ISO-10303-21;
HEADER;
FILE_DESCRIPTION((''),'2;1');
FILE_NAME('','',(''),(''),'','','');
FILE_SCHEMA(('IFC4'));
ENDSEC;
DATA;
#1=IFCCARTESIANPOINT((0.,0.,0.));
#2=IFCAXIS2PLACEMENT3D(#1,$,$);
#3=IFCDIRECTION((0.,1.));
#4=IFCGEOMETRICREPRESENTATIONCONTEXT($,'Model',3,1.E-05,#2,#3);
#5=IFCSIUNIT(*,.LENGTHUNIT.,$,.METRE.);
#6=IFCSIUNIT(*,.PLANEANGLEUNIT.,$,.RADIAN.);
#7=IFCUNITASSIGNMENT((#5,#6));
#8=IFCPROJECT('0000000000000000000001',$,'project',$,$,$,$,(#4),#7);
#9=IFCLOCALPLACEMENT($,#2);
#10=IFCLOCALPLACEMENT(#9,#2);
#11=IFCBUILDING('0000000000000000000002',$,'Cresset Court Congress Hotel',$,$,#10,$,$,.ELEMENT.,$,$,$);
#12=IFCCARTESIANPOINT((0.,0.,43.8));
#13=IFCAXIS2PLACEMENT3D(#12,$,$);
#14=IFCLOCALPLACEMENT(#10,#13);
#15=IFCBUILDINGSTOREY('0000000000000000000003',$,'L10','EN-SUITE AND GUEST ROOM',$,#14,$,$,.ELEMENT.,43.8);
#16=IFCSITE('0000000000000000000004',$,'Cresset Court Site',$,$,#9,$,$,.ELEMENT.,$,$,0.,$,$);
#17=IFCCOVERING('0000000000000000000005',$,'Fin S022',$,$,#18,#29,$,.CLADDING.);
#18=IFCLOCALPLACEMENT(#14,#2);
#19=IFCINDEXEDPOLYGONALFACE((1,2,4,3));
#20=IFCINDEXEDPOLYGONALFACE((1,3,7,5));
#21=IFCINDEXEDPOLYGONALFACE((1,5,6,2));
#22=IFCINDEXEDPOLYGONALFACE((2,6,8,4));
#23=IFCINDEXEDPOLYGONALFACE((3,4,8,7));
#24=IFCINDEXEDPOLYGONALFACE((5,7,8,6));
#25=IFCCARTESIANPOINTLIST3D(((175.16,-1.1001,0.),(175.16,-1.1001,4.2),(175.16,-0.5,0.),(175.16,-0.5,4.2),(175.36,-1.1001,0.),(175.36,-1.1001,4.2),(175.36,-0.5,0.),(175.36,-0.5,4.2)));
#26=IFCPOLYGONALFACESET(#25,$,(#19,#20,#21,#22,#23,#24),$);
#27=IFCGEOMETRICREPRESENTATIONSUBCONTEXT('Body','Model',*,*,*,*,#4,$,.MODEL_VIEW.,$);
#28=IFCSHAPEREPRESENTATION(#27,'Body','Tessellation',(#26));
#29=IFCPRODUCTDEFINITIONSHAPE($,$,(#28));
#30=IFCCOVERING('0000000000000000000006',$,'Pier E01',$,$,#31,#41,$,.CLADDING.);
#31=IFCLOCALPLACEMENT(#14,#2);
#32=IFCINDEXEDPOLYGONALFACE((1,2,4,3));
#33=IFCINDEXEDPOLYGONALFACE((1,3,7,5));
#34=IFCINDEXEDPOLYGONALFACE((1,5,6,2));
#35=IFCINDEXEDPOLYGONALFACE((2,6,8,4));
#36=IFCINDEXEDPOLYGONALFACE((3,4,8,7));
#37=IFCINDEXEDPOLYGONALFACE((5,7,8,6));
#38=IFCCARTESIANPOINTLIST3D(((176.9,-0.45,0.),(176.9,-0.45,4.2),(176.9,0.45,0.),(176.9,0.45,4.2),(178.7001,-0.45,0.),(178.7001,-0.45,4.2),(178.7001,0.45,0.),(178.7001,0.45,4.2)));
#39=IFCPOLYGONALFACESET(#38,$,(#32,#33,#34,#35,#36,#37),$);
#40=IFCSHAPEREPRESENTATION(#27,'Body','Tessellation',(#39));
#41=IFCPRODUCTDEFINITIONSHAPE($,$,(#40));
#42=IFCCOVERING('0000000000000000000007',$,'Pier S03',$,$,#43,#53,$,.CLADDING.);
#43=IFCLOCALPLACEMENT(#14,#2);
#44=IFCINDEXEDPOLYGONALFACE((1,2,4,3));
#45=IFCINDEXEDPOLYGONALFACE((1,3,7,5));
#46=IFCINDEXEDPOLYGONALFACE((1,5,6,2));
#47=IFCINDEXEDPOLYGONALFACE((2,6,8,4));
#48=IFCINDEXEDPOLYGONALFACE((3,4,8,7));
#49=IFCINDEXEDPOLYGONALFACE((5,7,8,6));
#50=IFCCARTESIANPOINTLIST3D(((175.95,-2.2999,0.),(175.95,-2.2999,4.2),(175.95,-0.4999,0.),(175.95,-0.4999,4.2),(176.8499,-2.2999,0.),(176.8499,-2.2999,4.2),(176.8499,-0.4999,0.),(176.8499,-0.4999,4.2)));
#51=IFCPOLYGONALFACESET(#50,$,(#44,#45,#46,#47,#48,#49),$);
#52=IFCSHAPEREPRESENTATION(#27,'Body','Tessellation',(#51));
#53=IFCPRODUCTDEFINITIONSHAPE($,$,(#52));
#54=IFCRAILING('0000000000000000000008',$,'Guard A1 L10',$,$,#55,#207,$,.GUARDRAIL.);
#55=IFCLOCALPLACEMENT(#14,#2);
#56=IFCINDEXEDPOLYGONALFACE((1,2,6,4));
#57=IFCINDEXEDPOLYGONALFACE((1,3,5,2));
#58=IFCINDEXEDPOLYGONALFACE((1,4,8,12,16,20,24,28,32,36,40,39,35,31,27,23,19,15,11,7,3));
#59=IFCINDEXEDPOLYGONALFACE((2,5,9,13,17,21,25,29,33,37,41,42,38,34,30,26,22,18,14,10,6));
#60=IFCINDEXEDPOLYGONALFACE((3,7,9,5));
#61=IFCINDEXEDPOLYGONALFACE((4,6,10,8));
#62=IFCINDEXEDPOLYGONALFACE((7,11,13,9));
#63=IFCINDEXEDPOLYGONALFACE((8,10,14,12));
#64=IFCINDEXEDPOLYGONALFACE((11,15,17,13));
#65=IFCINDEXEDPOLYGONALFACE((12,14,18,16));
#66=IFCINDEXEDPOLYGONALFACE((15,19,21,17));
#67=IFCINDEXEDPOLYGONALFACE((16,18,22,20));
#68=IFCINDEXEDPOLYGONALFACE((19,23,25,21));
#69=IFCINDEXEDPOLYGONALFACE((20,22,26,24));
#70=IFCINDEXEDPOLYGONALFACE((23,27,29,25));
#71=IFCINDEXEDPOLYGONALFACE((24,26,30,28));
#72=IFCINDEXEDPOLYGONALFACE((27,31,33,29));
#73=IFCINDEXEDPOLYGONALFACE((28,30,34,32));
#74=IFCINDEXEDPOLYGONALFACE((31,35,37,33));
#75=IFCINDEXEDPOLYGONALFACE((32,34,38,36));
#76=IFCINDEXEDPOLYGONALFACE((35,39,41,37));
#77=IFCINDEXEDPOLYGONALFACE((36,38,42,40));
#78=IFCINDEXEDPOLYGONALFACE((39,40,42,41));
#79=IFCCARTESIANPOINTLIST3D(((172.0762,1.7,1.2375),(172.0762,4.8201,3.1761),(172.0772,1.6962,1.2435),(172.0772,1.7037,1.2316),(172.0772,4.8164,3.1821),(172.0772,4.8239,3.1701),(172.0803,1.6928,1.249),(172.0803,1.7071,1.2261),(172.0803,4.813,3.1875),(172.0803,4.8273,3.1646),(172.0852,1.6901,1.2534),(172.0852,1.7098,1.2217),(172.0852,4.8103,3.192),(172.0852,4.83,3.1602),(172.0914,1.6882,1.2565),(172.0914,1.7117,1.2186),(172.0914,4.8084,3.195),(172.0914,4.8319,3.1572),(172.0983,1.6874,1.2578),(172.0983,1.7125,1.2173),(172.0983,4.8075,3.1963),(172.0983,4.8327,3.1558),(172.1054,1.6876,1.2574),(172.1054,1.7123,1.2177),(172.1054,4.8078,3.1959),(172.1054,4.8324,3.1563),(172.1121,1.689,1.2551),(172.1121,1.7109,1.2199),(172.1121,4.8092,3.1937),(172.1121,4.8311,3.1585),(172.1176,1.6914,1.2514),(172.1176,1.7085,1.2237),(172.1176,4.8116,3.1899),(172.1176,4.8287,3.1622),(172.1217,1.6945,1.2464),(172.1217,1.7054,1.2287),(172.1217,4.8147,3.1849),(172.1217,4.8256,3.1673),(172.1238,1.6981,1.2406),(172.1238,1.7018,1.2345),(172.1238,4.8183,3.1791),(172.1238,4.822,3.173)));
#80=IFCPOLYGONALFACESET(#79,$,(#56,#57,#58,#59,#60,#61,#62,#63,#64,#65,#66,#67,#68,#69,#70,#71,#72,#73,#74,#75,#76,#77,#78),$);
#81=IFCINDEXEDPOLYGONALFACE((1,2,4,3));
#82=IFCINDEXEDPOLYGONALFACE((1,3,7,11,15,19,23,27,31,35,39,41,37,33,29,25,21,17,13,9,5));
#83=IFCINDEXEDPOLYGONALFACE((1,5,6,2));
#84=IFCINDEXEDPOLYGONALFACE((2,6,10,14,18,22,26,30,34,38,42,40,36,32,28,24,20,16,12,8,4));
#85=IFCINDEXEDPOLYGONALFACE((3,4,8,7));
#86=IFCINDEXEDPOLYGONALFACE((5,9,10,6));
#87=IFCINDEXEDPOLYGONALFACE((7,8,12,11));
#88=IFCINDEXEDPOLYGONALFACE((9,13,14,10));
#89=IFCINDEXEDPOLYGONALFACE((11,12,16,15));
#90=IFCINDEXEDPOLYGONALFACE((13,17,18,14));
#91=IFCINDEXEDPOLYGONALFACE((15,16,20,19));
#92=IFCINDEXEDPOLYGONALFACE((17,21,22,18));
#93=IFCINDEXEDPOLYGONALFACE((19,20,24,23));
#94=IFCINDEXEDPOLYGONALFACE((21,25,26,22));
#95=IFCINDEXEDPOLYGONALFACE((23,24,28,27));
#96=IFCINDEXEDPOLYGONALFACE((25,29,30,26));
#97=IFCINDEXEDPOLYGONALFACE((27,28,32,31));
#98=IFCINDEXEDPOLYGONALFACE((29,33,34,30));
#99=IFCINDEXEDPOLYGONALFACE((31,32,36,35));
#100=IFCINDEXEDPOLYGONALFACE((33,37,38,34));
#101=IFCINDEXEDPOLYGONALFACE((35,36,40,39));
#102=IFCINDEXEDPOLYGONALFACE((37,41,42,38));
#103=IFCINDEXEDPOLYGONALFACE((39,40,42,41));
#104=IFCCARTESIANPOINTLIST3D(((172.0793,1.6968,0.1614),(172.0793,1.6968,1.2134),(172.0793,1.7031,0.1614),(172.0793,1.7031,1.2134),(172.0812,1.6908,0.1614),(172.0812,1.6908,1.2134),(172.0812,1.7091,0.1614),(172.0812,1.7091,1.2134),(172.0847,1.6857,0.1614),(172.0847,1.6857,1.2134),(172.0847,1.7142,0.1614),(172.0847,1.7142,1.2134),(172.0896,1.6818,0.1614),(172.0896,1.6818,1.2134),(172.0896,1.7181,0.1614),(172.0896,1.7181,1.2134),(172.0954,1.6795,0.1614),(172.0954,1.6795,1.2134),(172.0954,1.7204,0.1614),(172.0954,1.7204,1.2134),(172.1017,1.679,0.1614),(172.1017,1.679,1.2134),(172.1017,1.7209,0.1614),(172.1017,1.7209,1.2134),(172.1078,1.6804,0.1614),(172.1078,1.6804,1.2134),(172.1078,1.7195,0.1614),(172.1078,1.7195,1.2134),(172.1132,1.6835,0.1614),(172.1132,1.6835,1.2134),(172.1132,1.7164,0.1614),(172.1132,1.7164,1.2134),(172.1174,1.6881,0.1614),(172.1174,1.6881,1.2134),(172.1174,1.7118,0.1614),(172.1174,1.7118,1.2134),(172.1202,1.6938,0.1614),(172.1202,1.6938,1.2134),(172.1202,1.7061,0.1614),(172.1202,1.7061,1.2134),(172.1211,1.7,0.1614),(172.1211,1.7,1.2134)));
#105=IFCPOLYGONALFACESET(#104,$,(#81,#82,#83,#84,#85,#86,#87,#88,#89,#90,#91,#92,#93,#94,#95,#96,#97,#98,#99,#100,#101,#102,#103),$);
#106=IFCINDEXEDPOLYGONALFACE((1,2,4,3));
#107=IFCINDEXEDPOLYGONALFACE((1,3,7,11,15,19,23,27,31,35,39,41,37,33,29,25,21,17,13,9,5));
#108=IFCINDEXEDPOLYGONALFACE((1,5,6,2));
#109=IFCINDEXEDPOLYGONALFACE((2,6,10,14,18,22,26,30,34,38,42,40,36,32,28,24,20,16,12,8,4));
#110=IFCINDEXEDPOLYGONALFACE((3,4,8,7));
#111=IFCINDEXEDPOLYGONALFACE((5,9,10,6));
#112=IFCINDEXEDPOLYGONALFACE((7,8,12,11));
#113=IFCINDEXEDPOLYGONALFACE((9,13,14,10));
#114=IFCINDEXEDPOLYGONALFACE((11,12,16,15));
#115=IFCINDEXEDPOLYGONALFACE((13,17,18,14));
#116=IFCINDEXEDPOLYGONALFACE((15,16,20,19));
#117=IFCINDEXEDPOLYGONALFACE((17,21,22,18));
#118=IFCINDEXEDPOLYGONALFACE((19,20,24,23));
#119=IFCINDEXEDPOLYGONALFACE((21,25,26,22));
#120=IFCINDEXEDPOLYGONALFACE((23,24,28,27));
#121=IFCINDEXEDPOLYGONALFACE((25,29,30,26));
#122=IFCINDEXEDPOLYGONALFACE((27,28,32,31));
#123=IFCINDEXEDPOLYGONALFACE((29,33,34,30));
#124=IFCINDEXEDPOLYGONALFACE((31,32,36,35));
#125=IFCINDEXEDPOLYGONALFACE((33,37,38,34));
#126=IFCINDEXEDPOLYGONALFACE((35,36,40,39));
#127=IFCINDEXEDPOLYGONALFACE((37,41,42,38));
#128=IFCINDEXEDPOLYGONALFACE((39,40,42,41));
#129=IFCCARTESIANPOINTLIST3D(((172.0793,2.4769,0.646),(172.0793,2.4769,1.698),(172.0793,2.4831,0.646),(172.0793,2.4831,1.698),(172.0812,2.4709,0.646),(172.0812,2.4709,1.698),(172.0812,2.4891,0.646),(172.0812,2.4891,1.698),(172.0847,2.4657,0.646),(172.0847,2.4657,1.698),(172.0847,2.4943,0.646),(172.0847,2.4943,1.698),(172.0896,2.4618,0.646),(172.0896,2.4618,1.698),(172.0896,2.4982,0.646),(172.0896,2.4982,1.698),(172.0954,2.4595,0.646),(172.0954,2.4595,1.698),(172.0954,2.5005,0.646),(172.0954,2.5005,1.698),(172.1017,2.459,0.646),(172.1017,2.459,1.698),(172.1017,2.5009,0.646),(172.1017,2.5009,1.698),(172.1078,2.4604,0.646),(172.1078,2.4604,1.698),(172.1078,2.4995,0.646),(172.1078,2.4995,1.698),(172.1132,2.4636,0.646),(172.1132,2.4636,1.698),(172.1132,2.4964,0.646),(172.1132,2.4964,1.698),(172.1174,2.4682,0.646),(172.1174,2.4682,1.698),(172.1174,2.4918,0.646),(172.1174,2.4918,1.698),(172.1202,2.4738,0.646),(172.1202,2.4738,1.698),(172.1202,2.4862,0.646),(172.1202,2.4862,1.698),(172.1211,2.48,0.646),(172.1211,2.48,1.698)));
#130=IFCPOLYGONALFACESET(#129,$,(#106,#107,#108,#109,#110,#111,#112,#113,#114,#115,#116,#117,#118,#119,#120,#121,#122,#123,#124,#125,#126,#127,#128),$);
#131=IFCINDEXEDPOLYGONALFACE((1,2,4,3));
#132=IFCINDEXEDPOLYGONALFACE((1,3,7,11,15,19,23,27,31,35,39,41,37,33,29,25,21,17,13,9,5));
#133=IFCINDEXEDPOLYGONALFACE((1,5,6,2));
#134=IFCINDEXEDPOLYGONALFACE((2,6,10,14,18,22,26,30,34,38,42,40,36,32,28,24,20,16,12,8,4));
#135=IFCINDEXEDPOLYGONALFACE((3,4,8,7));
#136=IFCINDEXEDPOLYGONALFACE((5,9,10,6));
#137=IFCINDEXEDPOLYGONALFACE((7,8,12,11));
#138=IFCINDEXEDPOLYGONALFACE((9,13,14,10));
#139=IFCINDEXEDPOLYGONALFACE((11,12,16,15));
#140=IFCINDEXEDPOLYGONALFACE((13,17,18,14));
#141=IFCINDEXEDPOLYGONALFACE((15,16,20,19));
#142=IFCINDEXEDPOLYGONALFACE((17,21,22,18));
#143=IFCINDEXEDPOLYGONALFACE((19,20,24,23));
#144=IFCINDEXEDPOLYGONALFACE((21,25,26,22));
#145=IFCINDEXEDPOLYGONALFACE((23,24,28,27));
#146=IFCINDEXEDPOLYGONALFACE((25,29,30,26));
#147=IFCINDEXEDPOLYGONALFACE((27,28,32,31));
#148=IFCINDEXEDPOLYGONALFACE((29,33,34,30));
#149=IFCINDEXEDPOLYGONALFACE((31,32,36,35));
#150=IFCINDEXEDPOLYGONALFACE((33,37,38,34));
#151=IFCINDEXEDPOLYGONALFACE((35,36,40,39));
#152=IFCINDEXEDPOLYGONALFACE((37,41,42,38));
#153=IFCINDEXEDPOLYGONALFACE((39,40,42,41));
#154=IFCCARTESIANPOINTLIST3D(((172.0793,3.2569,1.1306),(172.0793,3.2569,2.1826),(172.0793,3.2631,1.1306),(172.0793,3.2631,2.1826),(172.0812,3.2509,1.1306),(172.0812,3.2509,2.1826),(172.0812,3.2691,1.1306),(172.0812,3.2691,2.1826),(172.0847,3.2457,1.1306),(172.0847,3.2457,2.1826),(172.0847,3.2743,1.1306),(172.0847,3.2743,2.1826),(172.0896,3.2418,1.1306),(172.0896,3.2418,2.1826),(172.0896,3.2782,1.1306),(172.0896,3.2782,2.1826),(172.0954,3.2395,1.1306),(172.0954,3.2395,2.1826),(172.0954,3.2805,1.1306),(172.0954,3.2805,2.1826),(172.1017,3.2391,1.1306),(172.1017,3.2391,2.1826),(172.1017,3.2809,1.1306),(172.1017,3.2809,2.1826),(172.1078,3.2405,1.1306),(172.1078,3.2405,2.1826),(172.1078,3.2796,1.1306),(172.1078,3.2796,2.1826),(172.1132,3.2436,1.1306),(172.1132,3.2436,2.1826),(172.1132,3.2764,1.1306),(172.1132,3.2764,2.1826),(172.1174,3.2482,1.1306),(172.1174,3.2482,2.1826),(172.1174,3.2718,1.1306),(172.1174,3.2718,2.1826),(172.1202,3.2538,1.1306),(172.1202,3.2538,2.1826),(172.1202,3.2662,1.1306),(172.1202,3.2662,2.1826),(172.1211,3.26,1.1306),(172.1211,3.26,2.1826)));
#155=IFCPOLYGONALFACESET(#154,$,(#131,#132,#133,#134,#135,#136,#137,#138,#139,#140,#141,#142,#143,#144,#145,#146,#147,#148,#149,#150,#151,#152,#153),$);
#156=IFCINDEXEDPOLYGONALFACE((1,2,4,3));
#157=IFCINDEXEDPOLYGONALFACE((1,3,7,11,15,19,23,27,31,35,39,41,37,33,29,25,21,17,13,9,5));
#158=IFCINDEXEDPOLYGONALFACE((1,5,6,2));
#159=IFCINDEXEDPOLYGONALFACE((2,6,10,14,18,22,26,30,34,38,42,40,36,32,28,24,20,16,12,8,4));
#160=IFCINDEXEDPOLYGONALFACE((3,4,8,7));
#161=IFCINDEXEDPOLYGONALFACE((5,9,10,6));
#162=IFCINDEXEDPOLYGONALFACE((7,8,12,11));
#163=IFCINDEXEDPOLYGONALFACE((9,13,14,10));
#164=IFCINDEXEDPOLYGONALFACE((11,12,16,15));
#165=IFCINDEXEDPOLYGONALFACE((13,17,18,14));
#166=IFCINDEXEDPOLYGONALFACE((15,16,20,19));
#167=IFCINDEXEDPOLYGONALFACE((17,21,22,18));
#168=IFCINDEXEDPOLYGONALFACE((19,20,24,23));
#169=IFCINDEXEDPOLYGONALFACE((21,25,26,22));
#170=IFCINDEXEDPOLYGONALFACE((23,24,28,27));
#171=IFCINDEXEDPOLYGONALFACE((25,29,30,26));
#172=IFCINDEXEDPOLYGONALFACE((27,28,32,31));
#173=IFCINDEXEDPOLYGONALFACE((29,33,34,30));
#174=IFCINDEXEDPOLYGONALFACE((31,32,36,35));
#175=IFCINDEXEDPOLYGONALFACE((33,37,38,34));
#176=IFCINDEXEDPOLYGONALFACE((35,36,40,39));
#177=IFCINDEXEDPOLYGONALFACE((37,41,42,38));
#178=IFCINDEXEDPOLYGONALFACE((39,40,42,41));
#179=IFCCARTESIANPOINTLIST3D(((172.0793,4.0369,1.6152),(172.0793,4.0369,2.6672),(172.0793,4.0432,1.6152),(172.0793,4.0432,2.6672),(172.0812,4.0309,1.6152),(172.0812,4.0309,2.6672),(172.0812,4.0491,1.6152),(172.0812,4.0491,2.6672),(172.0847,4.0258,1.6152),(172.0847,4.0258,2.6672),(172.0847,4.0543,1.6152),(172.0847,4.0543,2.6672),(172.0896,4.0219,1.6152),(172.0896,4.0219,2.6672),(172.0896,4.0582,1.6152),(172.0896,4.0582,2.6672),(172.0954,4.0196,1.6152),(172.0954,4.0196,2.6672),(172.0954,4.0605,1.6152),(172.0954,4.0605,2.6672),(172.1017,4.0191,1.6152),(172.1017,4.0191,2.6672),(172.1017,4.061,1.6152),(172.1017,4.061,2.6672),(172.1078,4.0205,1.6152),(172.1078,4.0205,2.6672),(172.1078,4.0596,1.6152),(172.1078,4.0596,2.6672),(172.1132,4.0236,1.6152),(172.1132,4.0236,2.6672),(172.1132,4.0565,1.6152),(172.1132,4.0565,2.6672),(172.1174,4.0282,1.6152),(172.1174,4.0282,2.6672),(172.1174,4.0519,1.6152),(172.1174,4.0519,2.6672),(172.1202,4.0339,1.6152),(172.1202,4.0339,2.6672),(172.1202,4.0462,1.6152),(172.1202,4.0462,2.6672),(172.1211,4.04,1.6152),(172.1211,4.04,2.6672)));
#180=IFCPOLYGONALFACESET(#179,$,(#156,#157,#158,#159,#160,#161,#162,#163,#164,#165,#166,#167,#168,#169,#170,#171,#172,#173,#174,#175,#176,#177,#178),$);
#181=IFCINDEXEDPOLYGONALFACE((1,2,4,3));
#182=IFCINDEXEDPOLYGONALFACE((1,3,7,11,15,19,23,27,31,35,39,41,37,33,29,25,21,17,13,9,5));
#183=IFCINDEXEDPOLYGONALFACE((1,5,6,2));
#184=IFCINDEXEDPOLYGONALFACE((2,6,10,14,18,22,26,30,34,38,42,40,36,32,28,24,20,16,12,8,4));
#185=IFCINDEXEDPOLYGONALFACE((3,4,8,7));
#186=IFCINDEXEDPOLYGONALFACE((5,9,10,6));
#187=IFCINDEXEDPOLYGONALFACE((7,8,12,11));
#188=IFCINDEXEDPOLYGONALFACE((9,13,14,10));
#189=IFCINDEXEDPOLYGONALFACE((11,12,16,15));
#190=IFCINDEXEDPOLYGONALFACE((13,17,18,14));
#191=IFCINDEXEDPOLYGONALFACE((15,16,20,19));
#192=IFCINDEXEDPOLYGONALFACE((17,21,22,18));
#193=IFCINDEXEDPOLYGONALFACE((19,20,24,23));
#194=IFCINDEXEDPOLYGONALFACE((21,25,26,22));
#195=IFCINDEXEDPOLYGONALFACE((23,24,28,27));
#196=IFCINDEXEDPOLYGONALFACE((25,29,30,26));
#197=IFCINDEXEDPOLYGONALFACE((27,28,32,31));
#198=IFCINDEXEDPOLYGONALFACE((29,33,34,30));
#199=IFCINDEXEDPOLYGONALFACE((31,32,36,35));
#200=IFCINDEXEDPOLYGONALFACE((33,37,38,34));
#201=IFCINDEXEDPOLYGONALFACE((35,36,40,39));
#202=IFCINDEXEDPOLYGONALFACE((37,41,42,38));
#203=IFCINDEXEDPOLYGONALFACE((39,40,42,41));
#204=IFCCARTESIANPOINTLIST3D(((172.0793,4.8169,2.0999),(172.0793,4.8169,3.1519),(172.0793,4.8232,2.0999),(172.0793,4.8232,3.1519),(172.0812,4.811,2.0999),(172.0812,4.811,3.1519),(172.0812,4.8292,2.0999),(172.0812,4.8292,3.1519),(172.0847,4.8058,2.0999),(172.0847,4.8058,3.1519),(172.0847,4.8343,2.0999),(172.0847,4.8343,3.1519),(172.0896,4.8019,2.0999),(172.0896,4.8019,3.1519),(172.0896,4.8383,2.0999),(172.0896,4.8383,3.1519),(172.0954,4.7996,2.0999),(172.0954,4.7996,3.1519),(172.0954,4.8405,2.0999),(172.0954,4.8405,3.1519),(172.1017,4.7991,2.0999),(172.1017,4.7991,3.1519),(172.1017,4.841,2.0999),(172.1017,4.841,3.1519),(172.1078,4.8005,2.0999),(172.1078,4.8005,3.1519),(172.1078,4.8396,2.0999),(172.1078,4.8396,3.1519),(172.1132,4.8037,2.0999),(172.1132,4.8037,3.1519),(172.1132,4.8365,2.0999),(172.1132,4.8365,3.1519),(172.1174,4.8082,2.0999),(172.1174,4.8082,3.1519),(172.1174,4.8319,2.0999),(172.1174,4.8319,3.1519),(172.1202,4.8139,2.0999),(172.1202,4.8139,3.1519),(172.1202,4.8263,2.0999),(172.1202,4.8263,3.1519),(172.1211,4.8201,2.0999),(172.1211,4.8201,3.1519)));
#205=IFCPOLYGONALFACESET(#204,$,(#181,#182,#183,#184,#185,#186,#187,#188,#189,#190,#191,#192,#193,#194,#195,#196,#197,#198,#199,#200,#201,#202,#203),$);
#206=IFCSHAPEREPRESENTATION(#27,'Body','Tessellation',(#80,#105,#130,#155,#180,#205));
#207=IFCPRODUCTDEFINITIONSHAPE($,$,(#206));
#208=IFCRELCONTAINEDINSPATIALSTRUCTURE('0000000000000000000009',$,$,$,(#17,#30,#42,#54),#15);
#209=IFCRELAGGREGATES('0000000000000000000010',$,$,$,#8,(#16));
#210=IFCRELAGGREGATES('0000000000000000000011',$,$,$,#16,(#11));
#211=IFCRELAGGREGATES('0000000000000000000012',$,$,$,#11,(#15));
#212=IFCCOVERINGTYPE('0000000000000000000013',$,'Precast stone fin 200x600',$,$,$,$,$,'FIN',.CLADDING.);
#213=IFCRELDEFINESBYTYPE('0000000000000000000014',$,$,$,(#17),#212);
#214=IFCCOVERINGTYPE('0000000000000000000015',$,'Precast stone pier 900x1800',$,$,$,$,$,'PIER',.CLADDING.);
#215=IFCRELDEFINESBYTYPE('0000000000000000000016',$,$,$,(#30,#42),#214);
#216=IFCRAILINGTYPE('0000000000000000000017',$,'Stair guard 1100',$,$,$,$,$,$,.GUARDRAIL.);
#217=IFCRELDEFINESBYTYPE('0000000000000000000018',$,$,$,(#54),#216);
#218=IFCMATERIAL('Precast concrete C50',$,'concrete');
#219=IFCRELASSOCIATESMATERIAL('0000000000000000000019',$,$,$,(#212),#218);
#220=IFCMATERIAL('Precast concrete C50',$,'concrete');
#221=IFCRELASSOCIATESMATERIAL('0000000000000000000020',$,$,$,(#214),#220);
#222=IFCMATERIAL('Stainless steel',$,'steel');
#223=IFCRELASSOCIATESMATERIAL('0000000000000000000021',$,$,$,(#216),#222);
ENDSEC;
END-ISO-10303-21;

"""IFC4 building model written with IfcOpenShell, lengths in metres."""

from ifc_helpers import new_model, si_unit, direction, frame, origin, origin_2d, place, context, subcontext, project, spatial, rectangle, circle, extrude, material, type_object, element, save


model = new_model("IFC4")

# Units and contexts
model_context = context("Model", 3, precision=1e-05, world=origin(), true_north=direction((0.0, 1.0)))
body_context = subcontext(model_context, "Body", "Model", "MODEL_VIEW")
ifc_project = project(units=[si_unit("LENGTHUNIT", "METRE"), si_unit("PLANEANGLEUNIT", "RADIAN")], contexts=[model_context])

# Site, building, storey
site_placement = place(None, origin())
site = spatial("IfcSite", under=ifc_project, at=site_placement, Name="Cresset Court Site", CompositionType="ELEMENT", RefElevation=0.0)
building_placement = place(site_placement, origin())
building = spatial("IfcBuilding", under=site, at=building_placement, Name="Cresset Court Congress Hotel", CompositionType="ELEMENT")
storey_placement = place(building_placement, frame((0.0, 0.0, 43.8)))
storey = spatial("IfcBuildingStorey", under=building, at=storey_placement, Name="L10", Description="EN-SUITE AND GUEST ROOM", CompositionType="ELEMENT", Elevation=43.8)

# Coverings
ifc_material_1 = material(Name="Precast concrete C50", Category="concrete")
covering_type_1 = type_object("IfcCoveringType", Name="Precast stone fin 200x600", ElementType="FIN", PredefinedType="CLADDING", material=ifc_material_1)
for number, where, z_axis, x_axis, name in (
    (1, (175.26, -0.8, 0.0), (0.0, 0.0, 1.0), (1.0, 0.0, 0.0), "Fin S022"),
):
    element("IfcCovering", number, at=place(storey_placement, frame(where, z_axis=z_axis, x_axis=x_axis)), inside=storey, type_object=covering_type_1, Name=name, PredefinedType="CLADDING", context=body_context, shape_type="SweptSolid", body=[
        extrude(rectangle(XDim=0.2, YDim=0.6001, at=origin_2d()), origin(), (0.0, 0.0, 1.0), 4.2),
    ])
ifc_material_2 = material(Name="Precast concrete C50", Category="concrete")
covering_type_2 = type_object("IfcCoveringType", Name="Precast stone pier 900x1800", ElementType="PIER", PredefinedType="CLADDING", material=ifc_material_2)
covering_1_placement = place(storey_placement, frame((177.8, 0.0, 0.0), z_axis=(0.0, 0.0, 1.0), x_axis=(1.0, 0.0, 0.0)))
element("IfcCovering", 2, at=covering_1_placement, inside=storey, type_object=covering_type_2, Name="Pier E01", PredefinedType="CLADDING", context=body_context, shape_type="SweptSolid", body=[
    extrude(rectangle(XDim=1.8, YDim=0.8999, at=origin_2d()), origin(), (0.0, 0.0, 1.0), 4.2),
])
covering_2_placement = place(storey_placement, frame((176.3999, -1.3999, 0.0), z_axis=(0.0, 0.0, 1.0), x_axis=(1.0, 0.0, 0.0)))
element("IfcCovering", 3, at=covering_2_placement, inside=storey, type_object=covering_type_2, Name="Pier S03", PredefinedType="CLADDING", context=body_context, shape_type="SweptSolid", body=[
    extrude(rectangle(XDim=0.8999, YDim=1.8, at=origin_2d()), origin(), (0.0, 0.0, 1.0), 4.2),
])

# Railing
ifc_material_3 = material(Name="Stainless steel", Category="steel")
railing_type = type_object("IfcRailingType", Name="Stair guard 1100", PredefinedType="GUARDRAIL", material=ifc_material_3)
railing_1_placement = place(storey_placement, frame((172.1001, 1.7, 0.1614)))
element("IfcRailing", 4, at=railing_1_placement, inside=storey, type_object=railing_type, Name="Guard A1 L10", PredefinedType="GUARDRAIL", context=body_context, shape_type="SweptSolid", body=[
    extrude(circle(Radius=0.0239, at=origin_2d()), frame((0.0, 0.0, 1.0762), z_axis=(0.0, 0.849414, 0.527727), x_axis=(-1.0, 0.0, 0.0)), (0.0, 0.0, 1.0), 3.6733),
    extrude(circle(Radius=0.021, at=origin_2d()), origin(), (0.0, 0.0, 1.0), 1.052),
    extrude(circle(Radius=0.021, at=origin_2d()), frame((0.0, 0.78, 0.4846)), (0.0, 0.0, 1.0), 1.052),
    extrude(circle(Radius=0.021, at=origin_2d()), frame((0.0, 1.5601, 0.9692)), (0.0, 0.0, 1.0), 1.052),
    extrude(circle(Radius=0.021, at=origin_2d()), frame((0.0, 2.3401, 1.4539)), (0.0, 0.0, 1.0), 1.052),
    extrude(circle(Radius=0.021, at=origin_2d()), frame((0.0, 3.1201, 1.9385)), (0.0, 0.0, 1.0), 1.052),
])

save(model, "model.ifc")
